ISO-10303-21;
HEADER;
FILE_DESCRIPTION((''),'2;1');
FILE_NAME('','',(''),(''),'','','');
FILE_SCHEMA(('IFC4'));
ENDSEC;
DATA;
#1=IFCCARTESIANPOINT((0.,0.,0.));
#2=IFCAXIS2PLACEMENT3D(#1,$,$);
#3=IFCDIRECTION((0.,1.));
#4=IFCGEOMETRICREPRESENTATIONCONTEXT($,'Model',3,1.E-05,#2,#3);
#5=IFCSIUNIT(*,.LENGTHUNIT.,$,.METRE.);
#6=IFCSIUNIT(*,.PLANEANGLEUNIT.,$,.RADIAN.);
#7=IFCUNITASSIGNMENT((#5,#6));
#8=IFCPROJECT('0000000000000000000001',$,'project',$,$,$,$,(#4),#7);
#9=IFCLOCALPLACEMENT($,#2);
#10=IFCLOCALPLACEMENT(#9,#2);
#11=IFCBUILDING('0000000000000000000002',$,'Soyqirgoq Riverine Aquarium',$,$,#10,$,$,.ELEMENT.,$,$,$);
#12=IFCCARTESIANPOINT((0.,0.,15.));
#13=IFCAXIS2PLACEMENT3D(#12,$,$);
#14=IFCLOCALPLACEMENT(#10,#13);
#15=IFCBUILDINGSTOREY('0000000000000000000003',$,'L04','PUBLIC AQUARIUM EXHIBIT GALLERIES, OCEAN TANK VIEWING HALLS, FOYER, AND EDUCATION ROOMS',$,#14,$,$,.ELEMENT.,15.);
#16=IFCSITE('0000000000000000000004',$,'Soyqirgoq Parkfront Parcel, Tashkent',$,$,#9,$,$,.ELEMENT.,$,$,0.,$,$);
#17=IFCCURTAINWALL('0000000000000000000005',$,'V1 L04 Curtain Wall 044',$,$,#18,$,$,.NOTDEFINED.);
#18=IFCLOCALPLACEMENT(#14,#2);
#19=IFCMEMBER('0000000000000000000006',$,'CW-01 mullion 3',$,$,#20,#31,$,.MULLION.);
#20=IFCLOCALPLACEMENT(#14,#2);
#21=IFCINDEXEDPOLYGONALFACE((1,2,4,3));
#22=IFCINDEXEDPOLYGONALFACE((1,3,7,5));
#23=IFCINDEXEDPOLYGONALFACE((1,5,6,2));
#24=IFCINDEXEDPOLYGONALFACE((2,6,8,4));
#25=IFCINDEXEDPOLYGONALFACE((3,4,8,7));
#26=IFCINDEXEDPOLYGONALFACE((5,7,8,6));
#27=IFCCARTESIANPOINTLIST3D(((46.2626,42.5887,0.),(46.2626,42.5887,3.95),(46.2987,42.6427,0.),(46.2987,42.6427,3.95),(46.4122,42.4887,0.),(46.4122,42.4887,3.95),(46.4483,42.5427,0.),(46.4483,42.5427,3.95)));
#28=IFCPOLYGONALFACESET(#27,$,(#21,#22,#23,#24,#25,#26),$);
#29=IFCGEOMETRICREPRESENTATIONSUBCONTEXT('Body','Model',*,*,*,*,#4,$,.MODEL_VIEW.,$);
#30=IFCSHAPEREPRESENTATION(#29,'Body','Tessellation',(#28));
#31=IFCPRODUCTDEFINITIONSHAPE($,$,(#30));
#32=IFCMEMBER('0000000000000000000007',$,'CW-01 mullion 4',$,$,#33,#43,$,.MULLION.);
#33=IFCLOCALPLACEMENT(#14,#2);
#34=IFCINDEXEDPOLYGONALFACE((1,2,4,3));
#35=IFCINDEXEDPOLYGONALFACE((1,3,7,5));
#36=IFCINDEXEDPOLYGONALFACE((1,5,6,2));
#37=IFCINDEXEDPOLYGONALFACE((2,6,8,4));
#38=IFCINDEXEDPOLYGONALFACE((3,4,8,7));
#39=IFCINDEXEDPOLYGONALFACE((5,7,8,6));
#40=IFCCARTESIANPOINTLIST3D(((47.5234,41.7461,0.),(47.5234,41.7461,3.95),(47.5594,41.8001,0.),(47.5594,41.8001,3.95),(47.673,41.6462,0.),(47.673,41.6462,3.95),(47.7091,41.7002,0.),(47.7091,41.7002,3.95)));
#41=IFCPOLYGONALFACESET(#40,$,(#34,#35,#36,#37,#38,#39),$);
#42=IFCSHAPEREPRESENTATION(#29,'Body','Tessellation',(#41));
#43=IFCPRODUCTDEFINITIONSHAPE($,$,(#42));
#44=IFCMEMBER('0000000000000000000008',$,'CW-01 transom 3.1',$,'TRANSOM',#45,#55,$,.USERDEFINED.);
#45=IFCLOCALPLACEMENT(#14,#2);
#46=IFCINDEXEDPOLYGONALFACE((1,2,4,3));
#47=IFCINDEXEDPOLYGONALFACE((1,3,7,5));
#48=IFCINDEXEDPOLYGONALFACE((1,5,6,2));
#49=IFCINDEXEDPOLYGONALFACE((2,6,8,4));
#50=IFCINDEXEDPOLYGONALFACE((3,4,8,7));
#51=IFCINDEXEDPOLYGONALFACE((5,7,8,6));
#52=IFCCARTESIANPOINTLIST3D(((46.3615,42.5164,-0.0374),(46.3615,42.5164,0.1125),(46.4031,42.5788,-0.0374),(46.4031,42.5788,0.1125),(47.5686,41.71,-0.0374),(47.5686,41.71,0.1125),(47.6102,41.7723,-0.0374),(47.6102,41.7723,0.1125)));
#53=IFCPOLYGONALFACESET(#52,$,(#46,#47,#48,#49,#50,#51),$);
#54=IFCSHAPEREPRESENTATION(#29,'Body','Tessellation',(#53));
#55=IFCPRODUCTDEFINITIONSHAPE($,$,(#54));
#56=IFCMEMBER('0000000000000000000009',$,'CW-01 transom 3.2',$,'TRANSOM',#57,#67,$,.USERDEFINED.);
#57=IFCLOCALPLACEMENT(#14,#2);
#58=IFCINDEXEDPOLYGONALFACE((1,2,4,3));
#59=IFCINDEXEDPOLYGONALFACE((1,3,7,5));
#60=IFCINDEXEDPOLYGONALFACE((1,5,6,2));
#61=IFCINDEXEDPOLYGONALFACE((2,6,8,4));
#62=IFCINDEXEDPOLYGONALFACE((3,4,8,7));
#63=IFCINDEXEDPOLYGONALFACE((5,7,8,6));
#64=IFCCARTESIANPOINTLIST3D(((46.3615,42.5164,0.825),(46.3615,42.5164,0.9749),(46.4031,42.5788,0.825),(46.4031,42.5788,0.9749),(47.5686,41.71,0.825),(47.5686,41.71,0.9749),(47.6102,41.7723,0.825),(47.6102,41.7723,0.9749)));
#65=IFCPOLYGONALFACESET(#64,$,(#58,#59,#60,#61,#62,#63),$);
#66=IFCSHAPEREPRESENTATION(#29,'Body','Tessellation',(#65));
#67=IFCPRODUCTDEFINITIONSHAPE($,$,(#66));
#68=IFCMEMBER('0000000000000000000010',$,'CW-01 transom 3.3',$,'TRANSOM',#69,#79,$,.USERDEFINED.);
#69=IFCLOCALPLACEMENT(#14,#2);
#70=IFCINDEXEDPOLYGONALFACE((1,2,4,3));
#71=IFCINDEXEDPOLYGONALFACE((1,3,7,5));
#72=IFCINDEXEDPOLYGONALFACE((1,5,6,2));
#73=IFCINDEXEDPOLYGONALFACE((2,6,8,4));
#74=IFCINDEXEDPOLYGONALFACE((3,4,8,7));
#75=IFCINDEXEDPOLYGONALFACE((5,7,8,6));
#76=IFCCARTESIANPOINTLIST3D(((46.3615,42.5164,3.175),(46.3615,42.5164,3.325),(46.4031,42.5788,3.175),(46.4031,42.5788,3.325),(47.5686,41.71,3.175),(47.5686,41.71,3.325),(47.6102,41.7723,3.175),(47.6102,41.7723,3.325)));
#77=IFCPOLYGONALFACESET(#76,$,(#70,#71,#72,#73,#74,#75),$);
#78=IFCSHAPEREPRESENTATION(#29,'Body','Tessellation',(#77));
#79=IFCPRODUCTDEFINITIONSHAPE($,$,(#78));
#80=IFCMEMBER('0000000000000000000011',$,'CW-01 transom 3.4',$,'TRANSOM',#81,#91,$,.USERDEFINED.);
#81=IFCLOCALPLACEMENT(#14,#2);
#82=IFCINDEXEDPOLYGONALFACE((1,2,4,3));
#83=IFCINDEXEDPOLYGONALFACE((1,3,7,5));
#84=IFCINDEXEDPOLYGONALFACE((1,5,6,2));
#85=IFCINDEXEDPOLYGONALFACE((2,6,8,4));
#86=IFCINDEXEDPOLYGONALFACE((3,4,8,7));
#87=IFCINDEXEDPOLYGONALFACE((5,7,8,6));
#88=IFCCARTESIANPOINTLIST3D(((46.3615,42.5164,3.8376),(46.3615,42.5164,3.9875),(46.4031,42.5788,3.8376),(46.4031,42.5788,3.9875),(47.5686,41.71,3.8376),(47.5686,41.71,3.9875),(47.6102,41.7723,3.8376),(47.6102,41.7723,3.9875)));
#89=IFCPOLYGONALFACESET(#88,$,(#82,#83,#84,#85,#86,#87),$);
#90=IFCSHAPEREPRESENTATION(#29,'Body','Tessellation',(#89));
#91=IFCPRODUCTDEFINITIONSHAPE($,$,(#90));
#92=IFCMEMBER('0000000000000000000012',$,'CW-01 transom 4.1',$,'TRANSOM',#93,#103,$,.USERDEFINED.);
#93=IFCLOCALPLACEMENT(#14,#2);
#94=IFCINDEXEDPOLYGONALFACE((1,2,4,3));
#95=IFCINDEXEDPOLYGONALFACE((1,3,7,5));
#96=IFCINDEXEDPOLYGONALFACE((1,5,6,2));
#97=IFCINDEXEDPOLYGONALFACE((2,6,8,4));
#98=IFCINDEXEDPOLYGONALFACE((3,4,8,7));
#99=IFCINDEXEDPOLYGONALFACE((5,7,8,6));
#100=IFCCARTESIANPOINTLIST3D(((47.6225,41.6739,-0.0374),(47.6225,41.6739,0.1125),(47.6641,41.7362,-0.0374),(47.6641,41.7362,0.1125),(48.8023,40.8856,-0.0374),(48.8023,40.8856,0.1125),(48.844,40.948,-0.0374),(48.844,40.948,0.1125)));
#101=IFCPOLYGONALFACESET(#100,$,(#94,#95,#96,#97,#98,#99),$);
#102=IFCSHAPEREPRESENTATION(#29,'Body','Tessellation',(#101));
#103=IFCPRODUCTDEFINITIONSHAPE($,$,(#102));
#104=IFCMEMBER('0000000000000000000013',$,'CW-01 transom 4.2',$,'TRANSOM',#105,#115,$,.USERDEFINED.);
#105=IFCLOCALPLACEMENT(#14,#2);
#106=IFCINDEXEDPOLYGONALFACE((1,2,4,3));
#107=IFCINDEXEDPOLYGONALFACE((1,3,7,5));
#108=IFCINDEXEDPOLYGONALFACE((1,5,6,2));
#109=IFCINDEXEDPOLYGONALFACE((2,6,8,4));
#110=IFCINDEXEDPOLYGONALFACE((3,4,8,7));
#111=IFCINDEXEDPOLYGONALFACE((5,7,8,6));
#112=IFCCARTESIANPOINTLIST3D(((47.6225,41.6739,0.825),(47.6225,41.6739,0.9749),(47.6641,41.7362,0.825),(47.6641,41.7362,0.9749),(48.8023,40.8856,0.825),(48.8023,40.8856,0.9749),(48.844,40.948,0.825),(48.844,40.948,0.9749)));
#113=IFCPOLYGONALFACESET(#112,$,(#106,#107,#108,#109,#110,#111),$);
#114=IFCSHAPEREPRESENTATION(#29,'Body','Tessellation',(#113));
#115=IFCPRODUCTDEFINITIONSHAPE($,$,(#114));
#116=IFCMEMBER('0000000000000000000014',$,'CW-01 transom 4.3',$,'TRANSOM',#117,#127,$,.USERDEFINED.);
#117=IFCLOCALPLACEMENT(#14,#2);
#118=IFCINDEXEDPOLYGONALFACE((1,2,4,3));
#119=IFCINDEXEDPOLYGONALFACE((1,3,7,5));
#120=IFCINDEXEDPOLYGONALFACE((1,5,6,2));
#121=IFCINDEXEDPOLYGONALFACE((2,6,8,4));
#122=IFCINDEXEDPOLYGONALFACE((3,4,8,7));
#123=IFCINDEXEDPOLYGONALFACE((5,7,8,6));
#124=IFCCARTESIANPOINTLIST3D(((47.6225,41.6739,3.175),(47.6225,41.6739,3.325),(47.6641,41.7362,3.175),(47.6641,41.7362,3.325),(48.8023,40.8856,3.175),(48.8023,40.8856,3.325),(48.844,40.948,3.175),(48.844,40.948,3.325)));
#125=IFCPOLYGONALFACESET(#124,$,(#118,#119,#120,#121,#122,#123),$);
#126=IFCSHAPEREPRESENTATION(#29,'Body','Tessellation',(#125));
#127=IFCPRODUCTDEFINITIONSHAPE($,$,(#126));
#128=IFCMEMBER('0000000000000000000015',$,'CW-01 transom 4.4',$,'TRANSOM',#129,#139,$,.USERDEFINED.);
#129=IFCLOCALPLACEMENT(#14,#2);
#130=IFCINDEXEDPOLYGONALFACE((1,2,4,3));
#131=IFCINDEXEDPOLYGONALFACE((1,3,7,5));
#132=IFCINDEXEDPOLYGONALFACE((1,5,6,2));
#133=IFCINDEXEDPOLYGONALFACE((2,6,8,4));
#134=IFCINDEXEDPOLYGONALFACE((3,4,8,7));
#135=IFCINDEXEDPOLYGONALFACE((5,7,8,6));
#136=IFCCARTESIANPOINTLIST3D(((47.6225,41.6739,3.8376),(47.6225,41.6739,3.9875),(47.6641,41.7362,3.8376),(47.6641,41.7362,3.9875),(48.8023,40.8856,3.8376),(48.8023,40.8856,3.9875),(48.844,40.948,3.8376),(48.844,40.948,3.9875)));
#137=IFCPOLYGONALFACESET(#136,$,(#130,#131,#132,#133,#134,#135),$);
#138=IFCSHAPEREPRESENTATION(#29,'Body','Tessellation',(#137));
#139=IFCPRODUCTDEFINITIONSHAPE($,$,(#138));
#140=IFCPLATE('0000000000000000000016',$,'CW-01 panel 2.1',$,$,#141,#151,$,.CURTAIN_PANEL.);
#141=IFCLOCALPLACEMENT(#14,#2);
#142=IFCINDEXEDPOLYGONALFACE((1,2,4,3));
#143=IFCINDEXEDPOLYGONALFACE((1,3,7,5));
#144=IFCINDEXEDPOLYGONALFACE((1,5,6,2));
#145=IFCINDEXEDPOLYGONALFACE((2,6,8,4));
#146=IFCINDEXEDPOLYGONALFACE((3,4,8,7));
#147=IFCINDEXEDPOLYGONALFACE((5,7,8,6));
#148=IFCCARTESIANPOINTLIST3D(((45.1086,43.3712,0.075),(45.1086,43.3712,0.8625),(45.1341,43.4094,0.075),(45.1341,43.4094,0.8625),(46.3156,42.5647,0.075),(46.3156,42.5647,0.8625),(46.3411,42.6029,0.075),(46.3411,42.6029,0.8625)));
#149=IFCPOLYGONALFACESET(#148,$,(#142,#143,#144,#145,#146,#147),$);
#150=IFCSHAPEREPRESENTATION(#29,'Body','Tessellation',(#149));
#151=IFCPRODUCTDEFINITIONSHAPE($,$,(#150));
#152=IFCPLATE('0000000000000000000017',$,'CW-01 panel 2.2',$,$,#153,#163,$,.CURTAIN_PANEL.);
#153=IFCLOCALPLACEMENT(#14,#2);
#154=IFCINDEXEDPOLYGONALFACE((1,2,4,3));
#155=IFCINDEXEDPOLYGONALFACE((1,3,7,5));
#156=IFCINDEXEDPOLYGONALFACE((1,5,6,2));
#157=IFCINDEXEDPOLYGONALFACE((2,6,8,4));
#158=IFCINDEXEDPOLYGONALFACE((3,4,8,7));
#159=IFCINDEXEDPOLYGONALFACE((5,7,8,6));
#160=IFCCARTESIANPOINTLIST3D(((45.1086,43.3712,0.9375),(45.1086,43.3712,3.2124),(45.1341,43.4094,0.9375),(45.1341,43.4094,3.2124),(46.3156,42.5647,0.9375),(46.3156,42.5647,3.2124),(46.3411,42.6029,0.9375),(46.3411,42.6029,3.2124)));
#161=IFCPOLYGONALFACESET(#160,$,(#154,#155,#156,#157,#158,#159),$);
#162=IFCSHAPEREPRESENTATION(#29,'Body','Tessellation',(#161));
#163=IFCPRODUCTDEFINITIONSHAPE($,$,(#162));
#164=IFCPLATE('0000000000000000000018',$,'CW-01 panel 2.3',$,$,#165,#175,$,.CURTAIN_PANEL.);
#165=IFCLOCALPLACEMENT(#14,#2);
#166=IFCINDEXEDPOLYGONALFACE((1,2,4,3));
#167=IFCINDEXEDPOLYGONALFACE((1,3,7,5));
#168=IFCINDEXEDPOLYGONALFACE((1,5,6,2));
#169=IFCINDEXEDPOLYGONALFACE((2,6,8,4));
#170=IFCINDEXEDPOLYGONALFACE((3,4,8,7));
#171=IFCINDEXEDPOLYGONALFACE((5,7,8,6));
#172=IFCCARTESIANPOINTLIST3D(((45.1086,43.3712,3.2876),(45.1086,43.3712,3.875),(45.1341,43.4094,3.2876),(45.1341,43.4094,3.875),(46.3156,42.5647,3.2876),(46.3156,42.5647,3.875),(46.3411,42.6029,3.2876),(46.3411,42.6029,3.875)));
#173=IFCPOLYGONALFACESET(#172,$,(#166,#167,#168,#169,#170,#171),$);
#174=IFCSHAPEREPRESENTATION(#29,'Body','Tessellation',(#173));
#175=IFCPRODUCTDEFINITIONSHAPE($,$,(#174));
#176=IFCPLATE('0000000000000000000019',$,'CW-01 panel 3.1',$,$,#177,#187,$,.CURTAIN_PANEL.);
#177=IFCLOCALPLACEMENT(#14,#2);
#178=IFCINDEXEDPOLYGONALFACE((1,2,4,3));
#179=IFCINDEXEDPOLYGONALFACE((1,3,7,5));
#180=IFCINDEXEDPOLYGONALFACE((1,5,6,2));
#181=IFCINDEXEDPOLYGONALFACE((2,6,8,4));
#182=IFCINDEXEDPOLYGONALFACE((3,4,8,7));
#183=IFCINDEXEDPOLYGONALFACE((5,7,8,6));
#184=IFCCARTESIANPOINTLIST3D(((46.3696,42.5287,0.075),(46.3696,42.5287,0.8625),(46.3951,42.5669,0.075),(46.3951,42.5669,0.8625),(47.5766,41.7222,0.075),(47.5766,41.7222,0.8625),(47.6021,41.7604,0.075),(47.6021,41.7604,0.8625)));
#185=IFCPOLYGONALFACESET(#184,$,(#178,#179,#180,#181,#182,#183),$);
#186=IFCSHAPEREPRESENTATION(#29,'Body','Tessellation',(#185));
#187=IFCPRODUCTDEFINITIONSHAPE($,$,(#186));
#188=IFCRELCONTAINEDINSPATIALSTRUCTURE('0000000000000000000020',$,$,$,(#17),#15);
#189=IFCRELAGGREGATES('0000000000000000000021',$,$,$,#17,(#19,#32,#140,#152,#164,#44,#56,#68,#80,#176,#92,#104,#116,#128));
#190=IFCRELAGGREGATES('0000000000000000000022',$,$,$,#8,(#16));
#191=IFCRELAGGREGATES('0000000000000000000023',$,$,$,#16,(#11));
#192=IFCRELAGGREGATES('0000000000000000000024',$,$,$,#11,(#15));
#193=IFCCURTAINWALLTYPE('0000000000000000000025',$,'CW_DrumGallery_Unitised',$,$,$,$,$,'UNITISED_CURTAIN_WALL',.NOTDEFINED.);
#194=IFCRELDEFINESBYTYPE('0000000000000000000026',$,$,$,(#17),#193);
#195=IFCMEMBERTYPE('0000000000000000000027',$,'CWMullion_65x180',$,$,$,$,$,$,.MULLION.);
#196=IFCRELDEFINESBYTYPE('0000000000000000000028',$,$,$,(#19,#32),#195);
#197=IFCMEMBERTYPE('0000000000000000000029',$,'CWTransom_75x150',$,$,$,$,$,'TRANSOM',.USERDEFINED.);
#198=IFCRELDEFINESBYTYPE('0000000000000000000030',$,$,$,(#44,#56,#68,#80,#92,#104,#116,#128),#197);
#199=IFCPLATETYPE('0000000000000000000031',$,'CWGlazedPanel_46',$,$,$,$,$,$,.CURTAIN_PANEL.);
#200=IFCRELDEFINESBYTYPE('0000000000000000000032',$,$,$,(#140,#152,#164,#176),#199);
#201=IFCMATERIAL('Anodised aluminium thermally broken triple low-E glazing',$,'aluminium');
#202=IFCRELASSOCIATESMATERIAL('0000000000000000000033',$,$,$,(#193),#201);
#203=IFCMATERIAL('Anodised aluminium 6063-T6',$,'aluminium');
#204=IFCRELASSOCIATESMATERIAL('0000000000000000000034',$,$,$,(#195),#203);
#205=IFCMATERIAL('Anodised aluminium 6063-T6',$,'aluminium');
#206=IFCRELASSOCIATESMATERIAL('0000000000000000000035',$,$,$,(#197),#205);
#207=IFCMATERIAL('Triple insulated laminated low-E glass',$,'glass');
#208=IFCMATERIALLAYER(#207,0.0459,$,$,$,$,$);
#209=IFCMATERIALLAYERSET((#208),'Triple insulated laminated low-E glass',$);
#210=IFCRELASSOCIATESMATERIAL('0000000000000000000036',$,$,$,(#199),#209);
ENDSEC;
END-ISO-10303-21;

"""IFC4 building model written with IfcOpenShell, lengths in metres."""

from ifc_helpers import new_model, si_unit, direction, frame, origin, origin_2d, place, context, subcontext, project, spatial, rectangle, extrude, material, layer, layer_set, material_profile, profile_set, type_object, element, aggregate, save


model = new_model("IFC4")

# Units and contexts
model_context = context("Model", 3, precision=1e-05, world=origin(), true_north=direction((0.0, 1.0)))
body_context = subcontext(model_context, "Body", "Model", "MODEL_VIEW")
ifc_project = project(units=[si_unit("LENGTHUNIT", "METRE"), si_unit("PLANEANGLEUNIT", "RADIAN")], contexts=[model_context])

# Site, building, storey
site_placement = place(None, origin())
site = spatial("IfcSite", under=ifc_project, at=site_placement, Name="Soyqirgoq Parkfront Parcel, Tashkent", CompositionType="ELEMENT", RefElevation=0.0)
building_placement = place(site_placement, origin())
building = spatial("IfcBuilding", under=site, at=building_placement, Name="Soyqirgoq Riverine Aquarium", CompositionType="ELEMENT")
storey_placement = place(building_placement, frame((0.0, 0.0, 15.0)))
storey = spatial("IfcBuildingStorey", under=building, at=storey_placement, Name="L04", Description="PUBLIC AQUARIUM EXHIBIT GALLERIES, OCEAN TANK VIEWING HALLS, FOYER, AND EDUCATION ROOMS", CompositionType="ELEMENT", Elevation=15.0)

# Curtain wall, members, plates
ifc_material_1 = material(Name="Anodised aluminium thermally broken triple low-E glazing", Category="aluminium")
curtain_wall_type = type_object("IfcCurtainWallType", Name="CW_DrumGallery_Unitised", ElementType="UNITISED_CURTAIN_WALL", PredefinedType="NOTDEFINED", material=ifc_material_1)
curtain_wall_placement = place(storey_placement, origin())
curtain_wall = element("IfcCurtainWall", 1, at=curtain_wall_placement, inside=storey, type_object=curtain_wall_type, Name="V1 L04 Curtain Wall 044", PredefinedType="NOTDEFINED")
ifc_material_2 = material(Name="Anodised aluminium 6063-T6", Category="aluminium")
ifc_material_profile_1 = material_profile(ifc_material_2, rectangle(XDim=0.0649, YDim=0.1799, at=origin_2d()), Name="ALU-M 65x180")
ifc_profile_set_1 = profile_set([ifc_material_profile_1], Name="Anodised aluminium 6063-T6")
member_type_1 = type_object("IfcMemberType", Name="CWMullion_65x180", PredefinedType="MULLION", material=ifc_profile_set_1)
member_1_placement = place(storey_placement, frame((46.3555, 42.5657, 0.0), z_axis=(0.0, 0.0, 1.0), x_axis=(0.555579, 0.831464, 0.0)))
member_1 = element("IfcMember", 2, at=member_1_placement, type_object=member_type_1, Name="CW-01 mullion 3", PredefinedType="MULLION", context=body_context, shape_type="SweptSolid", body=[
    extrude(rectangle(XDim=0.0649, YDim=0.1799, at=origin_2d()), origin(), (0.0, 0.0, 1.0), 3.95),
])
member_2_placement = place(storey_placement, frame((47.6162, 41.7231, 0.0), z_axis=(0.0, 0.0, 1.0), x_axis=(0.555579, 0.831464, 0.0)))
member_2 = element("IfcMember", 3, at=member_2_placement, type_object=member_type_1, Name="CW-01 mullion 4", PredefinedType="MULLION", context=body_context, shape_type="SweptSolid", body=[
    extrude(rectangle(XDim=0.0649, YDim=0.1799, at=origin_2d()), origin(), (0.0, 0.0, 1.0), 3.95),
])
ifc_material_3 = material(Name="Anodised aluminium 6063-T6", Category="aluminium")
ifc_material_profile_2 = material_profile(ifc_material_3, rectangle(XDim=0.075, YDim=0.1499, at=origin_2d()), Name="ALU-T 75x150")
ifc_profile_set_2 = profile_set([ifc_material_profile_2], Name="Anodised aluminium 6063-T6")
member_type_2 = type_object("IfcMemberType", Name="CWTransom_75x150", ElementType="TRANSOM", PredefinedType="USERDEFINED", material=ifc_profile_set_2)
member_3_placement = place(storey_placement, frame((46.3823, 42.5476, 0.0376), z_axis=(0.831507, -0.555515, 0.0), x_axis=(0.555515, 0.831507, 0.0)))
member_3 = element("IfcMember", 4, at=member_3_placement, type_object=member_type_2, Name="CW-01 transom 3.1", ObjectType="TRANSOM", PredefinedType="USERDEFINED", context=body_context, shape_type="SweptSolid", body=[
    extrude(rectangle(XDim=0.075, YDim=0.1499, at=origin_2d()), origin(), (0.0, 0.0, 1.0), 1.4517),
])
member_4_placement = place(storey_placement, frame((46.3823, 42.5476, 0.8999), z_axis=(0.831507, -0.555515, 0.0), x_axis=(0.555515, 0.831507, 0.0)))
member_4 = element("IfcMember", 5, at=member_4_placement, type_object=member_type_2, Name="CW-01 transom 3.2", ObjectType="TRANSOM", PredefinedType="USERDEFINED", context=body_context, shape_type="SweptSolid", body=[
    extrude(rectangle(XDim=0.075, YDim=0.1499, at=origin_2d()), origin(), (0.0, 0.0, 1.0), 1.4517),
])
member_5_placement = place(storey_placement, frame((46.3823, 42.5476, 3.25), z_axis=(0.831507, -0.555515, 0.0), x_axis=(0.555515, 0.831507, 0.0)))
member_5 = element("IfcMember", 6, at=member_5_placement, type_object=member_type_2, Name="CW-01 transom 3.3", ObjectType="TRANSOM", PredefinedType="USERDEFINED", context=body_context, shape_type="SweptSolid", body=[
    extrude(rectangle(XDim=0.075, YDim=0.1499, at=origin_2d()), origin(), (0.0, 0.0, 1.0), 1.4517),
])
member_6_placement = place(storey_placement, frame((46.3823, 42.5476, 3.9126), z_axis=(0.831507, -0.555515, 0.0), x_axis=(0.555515, 0.831507, 0.0)))
member_6 = element("IfcMember", 7, at=member_6_placement, type_object=member_type_2, Name="CW-01 transom 3.4", ObjectType="TRANSOM", PredefinedType="USERDEFINED", context=body_context, shape_type="SweptSolid", body=[
    extrude(rectangle(XDim=0.075, YDim=0.1499, at=origin_2d()), origin(), (0.0, 0.0, 1.0), 1.4517),
])
member_7_placement = place(storey_placement, frame((47.6433, 41.7051, 0.0376), z_axis=(0.831494, -0.555534, 0.0), x_axis=(0.555534, 0.831494, 0.0)))
member_7 = element("IfcMember", 8, at=member_7_placement, type_object=member_type_2, Name="CW-01 transom 4.1", ObjectType="TRANSOM", PredefinedType="USERDEFINED", context=body_context, shape_type="SweptSolid", body=[
    extrude(rectangle(XDim=0.075, YDim=0.1499, at=origin_2d()), origin(), (0.0, 0.0, 1.0), 1.4189),
])
member_8_placement = place(storey_placement, frame((47.6433, 41.7051, 0.8999), z_axis=(0.831494, -0.555534, 0.0), x_axis=(0.555534, 0.831494, 0.0)))
member_8 = element("IfcMember", 9, at=member_8_placement, type_object=member_type_2, Name="CW-01 transom 4.2", ObjectType="TRANSOM", PredefinedType="USERDEFINED", context=body_context, shape_type="SweptSolid", body=[
    extrude(rectangle(XDim=0.075, YDim=0.1499, at=origin_2d()), origin(), (0.0, 0.0, 1.0), 1.4189),
])
member_9_placement = place(storey_placement, frame((47.6433, 41.7051, 3.25), z_axis=(0.831494, -0.555534, 0.0), x_axis=(0.555534, 0.831494, 0.0)))
member_9 = element("IfcMember", 10, at=member_9_placement, type_object=member_type_2, Name="CW-01 transom 4.3", ObjectType="TRANSOM", PredefinedType="USERDEFINED", context=body_context, shape_type="SweptSolid", body=[
    extrude(rectangle(XDim=0.075, YDim=0.1499, at=origin_2d()), origin(), (0.0, 0.0, 1.0), 1.4189),
])
member_10_placement = place(storey_placement, frame((47.6433, 41.7051, 3.9126), z_axis=(0.831494, -0.555534, 0.0), x_axis=(0.555534, 0.831494, 0.0)))
member_10 = element("IfcMember", 11, at=member_10_placement, type_object=member_type_2, Name="CW-01 transom 4.4", ObjectType="TRANSOM", PredefinedType="USERDEFINED", context=body_context, shape_type="SweptSolid", body=[
    extrude(rectangle(XDim=0.075, YDim=0.1499, at=origin_2d()), origin(), (0.0, 0.0, 1.0), 1.4189),
])
ifc_material_4 = material(Name="Triple insulated laminated low-E glass", Category="glass")
ifc_layer_1 = layer(ifc_material_4, 0.0459)
ifc_layer_set_1 = layer_set([ifc_layer_1], Name="Triple insulated laminated low-E glass")
plate_type = type_object("IfcPlateType", Name="CWGlazedPanel_46", PredefinedType="CURTAIN_PANEL", material=ifc_layer_set_1)
plate_1_placement = place(storey_placement, frame((45.7249, 42.9871, 0.075), z_axis=(0.0, 0.0, 1.0), x_axis=(0.831464, -0.555579, 0.0)))
plate_1 = element("IfcPlate", 12, at=plate_1_placement, type_object=plate_type, Name="CW-01 panel 2.1", PredefinedType="CURTAIN_PANEL", context=body_context, shape_type="SweptSolid", body=[
    extrude(rectangle(XDim=1.4517, YDim=0.0459, at=origin_2d()), origin(), (0.0, 0.0, 1.0), 0.7876),
])
plate_2_placement = place(storey_placement, frame((45.7249, 42.9871, 0.9375), z_axis=(0.0, 0.0, 1.0), x_axis=(0.831464, -0.555579, 0.0)))
plate_2 = element("IfcPlate", 13, at=plate_2_placement, type_object=plate_type, Name="CW-01 panel 2.2", PredefinedType="CURTAIN_PANEL", context=body_context, shape_type="SweptSolid", body=[
    extrude(rectangle(XDim=1.4517, YDim=0.0459, at=origin_2d()), origin(), (0.0, 0.0, 1.0), 2.2749),
])
plate_3_placement = place(storey_placement, frame((45.7249, 42.9871, 3.2876), z_axis=(0.0, 0.0, 1.0), x_axis=(0.831464, -0.555579, 0.0)))
plate_3 = element("IfcPlate", 14, at=plate_3_placement, type_object=plate_type, Name="CW-01 panel 2.3", PredefinedType="CURTAIN_PANEL", context=body_context, shape_type="SweptSolid", body=[
    extrude(rectangle(XDim=1.4517, YDim=0.0459, at=origin_2d()), origin(), (0.0, 0.0, 1.0), 0.5874),
])
plate_4_placement = place(storey_placement, frame((46.9858, 42.1445, 0.075), z_axis=(0.0, 0.0, 1.0), x_axis=(0.831464, -0.555579, 0.0)))
plate_4 = element("IfcPlate", 15, at=plate_4_placement, type_object=plate_type, Name="CW-01 panel 3.1", PredefinedType="CURTAIN_PANEL", context=body_context, shape_type="SweptSolid", body=[
    extrude(rectangle(XDim=1.4517, YDim=0.0459, at=origin_2d()), origin(), (0.0, 0.0, 1.0), 0.7876),
])
aggregate(curtain_wall, [member_1, member_2, plate_1, plate_2, plate_3, member_3, member_4, member_5, member_6, plate_4, member_7, member_8, member_9, member_10])

save(model, "model.ifc")
